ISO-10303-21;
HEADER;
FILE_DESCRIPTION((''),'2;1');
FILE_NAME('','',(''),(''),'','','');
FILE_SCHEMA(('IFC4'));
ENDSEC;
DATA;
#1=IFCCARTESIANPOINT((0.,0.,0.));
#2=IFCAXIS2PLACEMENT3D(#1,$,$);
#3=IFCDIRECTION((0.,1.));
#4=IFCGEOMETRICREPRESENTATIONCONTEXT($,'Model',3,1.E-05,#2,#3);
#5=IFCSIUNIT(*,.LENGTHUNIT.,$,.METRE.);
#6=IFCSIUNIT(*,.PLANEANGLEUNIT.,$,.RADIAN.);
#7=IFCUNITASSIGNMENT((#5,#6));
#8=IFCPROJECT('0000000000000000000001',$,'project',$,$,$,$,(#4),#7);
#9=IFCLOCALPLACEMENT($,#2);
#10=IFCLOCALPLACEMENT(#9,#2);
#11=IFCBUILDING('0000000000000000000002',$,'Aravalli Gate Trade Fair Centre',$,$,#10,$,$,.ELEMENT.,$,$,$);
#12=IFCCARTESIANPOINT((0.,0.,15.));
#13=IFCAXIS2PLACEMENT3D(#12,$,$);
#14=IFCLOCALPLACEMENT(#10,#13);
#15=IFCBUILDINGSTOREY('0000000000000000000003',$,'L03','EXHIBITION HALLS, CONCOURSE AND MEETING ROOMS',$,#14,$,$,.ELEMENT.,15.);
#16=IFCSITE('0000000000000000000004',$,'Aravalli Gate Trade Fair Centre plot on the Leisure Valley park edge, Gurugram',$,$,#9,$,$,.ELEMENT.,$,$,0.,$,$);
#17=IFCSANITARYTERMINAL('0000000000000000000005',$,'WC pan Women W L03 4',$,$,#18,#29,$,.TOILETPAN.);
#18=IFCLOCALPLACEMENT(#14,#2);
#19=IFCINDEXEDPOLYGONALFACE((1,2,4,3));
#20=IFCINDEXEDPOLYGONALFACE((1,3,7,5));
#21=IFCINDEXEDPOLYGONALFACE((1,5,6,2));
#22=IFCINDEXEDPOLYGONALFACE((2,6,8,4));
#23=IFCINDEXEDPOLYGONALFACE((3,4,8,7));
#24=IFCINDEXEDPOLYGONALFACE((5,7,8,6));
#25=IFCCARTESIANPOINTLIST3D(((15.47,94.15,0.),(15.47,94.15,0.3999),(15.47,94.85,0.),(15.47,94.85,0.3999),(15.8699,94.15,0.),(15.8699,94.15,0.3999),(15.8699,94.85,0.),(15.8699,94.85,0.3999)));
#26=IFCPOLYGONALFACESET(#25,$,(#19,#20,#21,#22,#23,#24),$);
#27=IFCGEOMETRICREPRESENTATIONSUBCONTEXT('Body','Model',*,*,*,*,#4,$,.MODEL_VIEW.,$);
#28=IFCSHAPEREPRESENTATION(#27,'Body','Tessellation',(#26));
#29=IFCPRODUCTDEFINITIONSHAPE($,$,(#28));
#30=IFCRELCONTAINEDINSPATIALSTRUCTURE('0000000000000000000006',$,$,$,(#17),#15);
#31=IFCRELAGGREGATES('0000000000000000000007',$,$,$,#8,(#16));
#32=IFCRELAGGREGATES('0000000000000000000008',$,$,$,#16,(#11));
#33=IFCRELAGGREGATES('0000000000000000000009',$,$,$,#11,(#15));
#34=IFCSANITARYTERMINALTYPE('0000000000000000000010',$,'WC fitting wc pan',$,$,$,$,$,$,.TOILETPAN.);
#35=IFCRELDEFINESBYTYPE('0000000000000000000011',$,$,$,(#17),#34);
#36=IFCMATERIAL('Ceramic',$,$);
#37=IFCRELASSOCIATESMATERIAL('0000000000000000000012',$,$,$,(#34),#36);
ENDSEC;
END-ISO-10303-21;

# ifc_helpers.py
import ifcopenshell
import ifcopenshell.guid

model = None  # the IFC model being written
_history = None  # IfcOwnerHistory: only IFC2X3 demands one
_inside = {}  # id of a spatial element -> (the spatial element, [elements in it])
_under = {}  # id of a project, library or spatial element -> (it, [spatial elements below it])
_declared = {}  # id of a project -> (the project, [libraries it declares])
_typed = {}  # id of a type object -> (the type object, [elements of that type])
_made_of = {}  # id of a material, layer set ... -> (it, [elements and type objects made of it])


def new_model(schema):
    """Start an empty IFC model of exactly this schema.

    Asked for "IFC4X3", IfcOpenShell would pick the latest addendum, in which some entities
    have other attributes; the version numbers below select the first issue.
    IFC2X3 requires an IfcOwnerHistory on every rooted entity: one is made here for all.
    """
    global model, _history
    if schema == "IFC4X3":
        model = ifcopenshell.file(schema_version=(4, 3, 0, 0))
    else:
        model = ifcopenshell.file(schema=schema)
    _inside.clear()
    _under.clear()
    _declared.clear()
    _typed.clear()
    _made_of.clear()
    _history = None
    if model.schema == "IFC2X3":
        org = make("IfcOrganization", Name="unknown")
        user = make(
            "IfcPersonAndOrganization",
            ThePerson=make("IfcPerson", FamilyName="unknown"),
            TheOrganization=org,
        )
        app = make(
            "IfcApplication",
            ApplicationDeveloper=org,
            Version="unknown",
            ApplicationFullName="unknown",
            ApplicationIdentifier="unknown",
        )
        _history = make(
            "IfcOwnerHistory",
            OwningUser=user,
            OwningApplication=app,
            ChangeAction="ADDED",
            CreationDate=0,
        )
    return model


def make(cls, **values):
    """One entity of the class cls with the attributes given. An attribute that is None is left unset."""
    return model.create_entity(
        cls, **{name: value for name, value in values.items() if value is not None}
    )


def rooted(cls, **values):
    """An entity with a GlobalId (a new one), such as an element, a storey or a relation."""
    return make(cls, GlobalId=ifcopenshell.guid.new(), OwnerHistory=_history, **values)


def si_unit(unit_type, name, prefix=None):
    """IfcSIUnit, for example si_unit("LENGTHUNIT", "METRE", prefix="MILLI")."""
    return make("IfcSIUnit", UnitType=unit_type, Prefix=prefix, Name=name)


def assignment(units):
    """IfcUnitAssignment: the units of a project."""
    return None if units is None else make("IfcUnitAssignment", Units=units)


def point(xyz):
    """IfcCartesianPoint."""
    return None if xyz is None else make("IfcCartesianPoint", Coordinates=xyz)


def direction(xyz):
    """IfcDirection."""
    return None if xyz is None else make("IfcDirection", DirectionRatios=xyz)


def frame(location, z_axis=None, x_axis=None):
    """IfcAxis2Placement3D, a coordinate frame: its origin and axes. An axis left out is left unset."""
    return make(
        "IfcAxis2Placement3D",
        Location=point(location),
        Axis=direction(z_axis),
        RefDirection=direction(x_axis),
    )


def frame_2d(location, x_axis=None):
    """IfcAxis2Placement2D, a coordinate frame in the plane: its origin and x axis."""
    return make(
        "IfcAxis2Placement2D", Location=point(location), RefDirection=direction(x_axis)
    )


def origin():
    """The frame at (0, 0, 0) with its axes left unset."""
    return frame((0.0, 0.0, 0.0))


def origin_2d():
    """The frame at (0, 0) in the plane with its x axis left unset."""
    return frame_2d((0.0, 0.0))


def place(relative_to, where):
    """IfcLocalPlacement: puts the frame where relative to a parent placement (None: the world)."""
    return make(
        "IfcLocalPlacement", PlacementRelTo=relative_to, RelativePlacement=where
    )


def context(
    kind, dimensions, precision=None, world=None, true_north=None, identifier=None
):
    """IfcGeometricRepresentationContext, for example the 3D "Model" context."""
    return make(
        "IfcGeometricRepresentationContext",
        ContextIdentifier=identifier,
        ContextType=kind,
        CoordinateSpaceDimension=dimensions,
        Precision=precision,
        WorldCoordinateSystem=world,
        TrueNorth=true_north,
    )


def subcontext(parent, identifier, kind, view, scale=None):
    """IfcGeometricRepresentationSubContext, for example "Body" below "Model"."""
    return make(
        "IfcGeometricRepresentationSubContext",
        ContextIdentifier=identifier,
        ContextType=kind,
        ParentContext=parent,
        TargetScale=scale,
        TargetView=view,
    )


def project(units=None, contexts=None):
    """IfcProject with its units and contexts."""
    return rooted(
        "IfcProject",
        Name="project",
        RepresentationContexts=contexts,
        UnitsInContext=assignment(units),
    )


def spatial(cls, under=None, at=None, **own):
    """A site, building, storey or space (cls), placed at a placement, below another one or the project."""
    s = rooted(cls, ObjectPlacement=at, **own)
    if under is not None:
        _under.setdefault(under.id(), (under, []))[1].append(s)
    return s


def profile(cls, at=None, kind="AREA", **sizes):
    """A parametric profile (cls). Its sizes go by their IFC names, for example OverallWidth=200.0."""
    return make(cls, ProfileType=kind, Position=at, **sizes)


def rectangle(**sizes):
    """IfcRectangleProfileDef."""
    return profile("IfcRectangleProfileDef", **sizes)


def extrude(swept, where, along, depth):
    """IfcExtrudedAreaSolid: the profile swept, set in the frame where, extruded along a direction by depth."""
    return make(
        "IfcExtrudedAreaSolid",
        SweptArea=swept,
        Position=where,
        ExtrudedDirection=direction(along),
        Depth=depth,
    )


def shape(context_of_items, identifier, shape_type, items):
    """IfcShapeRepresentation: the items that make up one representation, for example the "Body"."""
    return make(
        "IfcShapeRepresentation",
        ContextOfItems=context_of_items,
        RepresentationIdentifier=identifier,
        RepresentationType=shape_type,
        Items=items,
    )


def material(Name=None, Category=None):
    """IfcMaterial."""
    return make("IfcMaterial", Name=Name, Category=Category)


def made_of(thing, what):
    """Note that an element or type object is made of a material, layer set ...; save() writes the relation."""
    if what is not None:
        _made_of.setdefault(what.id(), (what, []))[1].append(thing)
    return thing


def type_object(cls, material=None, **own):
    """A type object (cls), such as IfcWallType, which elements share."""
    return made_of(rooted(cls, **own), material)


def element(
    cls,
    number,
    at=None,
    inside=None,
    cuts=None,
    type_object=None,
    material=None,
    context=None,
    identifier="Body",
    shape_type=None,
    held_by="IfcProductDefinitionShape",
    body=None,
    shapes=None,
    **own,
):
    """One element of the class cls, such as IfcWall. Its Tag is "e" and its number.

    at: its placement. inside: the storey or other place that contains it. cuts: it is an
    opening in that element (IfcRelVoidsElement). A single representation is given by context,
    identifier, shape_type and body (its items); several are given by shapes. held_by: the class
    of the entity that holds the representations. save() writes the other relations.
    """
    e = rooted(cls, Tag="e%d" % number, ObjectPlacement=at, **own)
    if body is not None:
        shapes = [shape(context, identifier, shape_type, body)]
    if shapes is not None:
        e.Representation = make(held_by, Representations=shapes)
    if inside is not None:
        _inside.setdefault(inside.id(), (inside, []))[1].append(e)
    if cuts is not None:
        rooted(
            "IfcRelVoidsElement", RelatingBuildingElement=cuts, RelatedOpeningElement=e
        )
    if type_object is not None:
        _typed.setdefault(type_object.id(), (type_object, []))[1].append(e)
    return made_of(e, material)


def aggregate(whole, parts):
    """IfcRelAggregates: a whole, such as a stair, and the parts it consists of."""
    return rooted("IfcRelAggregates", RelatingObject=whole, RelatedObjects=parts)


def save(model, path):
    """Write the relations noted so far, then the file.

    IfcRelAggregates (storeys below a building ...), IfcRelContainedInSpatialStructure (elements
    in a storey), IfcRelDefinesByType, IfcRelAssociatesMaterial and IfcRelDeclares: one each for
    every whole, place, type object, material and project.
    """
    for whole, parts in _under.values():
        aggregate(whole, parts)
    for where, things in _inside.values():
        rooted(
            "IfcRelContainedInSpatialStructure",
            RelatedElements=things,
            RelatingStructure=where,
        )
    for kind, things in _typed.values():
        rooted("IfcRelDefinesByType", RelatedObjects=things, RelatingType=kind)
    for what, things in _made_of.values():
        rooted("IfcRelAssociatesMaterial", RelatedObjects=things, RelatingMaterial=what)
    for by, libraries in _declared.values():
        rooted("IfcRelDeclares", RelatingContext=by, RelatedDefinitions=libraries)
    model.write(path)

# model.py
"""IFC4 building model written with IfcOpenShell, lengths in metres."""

from ifc_helpers import new_model, si_unit, direction, frame, origin, origin_2d, place, context, subcontext, project, spatial, rectangle, extrude, material, type_object, element, save


model = new_model("IFC4")

# Units and contexts
model_context = context("Model", 3, precision=1e-05, world=origin(), true_north=direction((0.0, 1.0)))
body_context = subcontext(model_context, "Body", "Model", "MODEL_VIEW")
ifc_project = project(units=[si_unit("LENGTHUNIT", "METRE"), si_unit("PLANEANGLEUNIT", "RADIAN")], contexts=[model_context])

# Site, building, storey
site_placement = place(None, origin())
site = spatial("IfcSite", under=ifc_project, at=site_placement, Name="Aravalli Gate Trade Fair Centre plot on the Leisure Valley park edge, Gurugram", CompositionType="ELEMENT", RefElevation=0.0)
building_placement = place(site_placement, origin())
building = spatial("IfcBuilding", under=site, at=building_placement, Name="Aravalli Gate Trade Fair Centre", CompositionType="ELEMENT")
storey_placement = place(building_placement, frame((0.0, 0.0, 15.0)))
storey = spatial("IfcBuildingStorey", under=building, at=storey_placement, Name="L03", Description="EXHIBITION HALLS, CONCOURSE AND MEETING ROOMS", CompositionType="ELEMENT", Elevation=15.0)

# Sanitary terminal
ifc_material_1 = material(Name="Ceramic")
sanitary_terminal_type = type_object("IfcSanitaryTerminalType", Name="WC fitting wc pan", PredefinedType="TOILETPAN", material=ifc_material_1)
for number, where, z_axis, x_axis, name in (
    (1, (15.6699, 94.5, 0.0), (0.0, 0.0, 1.0), (1.0, 0.0, 0.0), "WC pan Women W L03 4"),
):
    element("IfcSanitaryTerminal", number, at=place(storey_placement, frame(where, z_axis=z_axis, x_axis=x_axis)), inside=storey, type_object=sanitary_terminal_type, Name=name, PredefinedType="TOILETPAN", context=body_context, shape_type="SweptSolid", body=[
        extrude(rectangle(XDim=0.3999, YDim=0.7, at=origin_2d()), origin(), (0.0, 0.0, 1.0), 0.3999),
    ])

save(model, "model.ifc")
